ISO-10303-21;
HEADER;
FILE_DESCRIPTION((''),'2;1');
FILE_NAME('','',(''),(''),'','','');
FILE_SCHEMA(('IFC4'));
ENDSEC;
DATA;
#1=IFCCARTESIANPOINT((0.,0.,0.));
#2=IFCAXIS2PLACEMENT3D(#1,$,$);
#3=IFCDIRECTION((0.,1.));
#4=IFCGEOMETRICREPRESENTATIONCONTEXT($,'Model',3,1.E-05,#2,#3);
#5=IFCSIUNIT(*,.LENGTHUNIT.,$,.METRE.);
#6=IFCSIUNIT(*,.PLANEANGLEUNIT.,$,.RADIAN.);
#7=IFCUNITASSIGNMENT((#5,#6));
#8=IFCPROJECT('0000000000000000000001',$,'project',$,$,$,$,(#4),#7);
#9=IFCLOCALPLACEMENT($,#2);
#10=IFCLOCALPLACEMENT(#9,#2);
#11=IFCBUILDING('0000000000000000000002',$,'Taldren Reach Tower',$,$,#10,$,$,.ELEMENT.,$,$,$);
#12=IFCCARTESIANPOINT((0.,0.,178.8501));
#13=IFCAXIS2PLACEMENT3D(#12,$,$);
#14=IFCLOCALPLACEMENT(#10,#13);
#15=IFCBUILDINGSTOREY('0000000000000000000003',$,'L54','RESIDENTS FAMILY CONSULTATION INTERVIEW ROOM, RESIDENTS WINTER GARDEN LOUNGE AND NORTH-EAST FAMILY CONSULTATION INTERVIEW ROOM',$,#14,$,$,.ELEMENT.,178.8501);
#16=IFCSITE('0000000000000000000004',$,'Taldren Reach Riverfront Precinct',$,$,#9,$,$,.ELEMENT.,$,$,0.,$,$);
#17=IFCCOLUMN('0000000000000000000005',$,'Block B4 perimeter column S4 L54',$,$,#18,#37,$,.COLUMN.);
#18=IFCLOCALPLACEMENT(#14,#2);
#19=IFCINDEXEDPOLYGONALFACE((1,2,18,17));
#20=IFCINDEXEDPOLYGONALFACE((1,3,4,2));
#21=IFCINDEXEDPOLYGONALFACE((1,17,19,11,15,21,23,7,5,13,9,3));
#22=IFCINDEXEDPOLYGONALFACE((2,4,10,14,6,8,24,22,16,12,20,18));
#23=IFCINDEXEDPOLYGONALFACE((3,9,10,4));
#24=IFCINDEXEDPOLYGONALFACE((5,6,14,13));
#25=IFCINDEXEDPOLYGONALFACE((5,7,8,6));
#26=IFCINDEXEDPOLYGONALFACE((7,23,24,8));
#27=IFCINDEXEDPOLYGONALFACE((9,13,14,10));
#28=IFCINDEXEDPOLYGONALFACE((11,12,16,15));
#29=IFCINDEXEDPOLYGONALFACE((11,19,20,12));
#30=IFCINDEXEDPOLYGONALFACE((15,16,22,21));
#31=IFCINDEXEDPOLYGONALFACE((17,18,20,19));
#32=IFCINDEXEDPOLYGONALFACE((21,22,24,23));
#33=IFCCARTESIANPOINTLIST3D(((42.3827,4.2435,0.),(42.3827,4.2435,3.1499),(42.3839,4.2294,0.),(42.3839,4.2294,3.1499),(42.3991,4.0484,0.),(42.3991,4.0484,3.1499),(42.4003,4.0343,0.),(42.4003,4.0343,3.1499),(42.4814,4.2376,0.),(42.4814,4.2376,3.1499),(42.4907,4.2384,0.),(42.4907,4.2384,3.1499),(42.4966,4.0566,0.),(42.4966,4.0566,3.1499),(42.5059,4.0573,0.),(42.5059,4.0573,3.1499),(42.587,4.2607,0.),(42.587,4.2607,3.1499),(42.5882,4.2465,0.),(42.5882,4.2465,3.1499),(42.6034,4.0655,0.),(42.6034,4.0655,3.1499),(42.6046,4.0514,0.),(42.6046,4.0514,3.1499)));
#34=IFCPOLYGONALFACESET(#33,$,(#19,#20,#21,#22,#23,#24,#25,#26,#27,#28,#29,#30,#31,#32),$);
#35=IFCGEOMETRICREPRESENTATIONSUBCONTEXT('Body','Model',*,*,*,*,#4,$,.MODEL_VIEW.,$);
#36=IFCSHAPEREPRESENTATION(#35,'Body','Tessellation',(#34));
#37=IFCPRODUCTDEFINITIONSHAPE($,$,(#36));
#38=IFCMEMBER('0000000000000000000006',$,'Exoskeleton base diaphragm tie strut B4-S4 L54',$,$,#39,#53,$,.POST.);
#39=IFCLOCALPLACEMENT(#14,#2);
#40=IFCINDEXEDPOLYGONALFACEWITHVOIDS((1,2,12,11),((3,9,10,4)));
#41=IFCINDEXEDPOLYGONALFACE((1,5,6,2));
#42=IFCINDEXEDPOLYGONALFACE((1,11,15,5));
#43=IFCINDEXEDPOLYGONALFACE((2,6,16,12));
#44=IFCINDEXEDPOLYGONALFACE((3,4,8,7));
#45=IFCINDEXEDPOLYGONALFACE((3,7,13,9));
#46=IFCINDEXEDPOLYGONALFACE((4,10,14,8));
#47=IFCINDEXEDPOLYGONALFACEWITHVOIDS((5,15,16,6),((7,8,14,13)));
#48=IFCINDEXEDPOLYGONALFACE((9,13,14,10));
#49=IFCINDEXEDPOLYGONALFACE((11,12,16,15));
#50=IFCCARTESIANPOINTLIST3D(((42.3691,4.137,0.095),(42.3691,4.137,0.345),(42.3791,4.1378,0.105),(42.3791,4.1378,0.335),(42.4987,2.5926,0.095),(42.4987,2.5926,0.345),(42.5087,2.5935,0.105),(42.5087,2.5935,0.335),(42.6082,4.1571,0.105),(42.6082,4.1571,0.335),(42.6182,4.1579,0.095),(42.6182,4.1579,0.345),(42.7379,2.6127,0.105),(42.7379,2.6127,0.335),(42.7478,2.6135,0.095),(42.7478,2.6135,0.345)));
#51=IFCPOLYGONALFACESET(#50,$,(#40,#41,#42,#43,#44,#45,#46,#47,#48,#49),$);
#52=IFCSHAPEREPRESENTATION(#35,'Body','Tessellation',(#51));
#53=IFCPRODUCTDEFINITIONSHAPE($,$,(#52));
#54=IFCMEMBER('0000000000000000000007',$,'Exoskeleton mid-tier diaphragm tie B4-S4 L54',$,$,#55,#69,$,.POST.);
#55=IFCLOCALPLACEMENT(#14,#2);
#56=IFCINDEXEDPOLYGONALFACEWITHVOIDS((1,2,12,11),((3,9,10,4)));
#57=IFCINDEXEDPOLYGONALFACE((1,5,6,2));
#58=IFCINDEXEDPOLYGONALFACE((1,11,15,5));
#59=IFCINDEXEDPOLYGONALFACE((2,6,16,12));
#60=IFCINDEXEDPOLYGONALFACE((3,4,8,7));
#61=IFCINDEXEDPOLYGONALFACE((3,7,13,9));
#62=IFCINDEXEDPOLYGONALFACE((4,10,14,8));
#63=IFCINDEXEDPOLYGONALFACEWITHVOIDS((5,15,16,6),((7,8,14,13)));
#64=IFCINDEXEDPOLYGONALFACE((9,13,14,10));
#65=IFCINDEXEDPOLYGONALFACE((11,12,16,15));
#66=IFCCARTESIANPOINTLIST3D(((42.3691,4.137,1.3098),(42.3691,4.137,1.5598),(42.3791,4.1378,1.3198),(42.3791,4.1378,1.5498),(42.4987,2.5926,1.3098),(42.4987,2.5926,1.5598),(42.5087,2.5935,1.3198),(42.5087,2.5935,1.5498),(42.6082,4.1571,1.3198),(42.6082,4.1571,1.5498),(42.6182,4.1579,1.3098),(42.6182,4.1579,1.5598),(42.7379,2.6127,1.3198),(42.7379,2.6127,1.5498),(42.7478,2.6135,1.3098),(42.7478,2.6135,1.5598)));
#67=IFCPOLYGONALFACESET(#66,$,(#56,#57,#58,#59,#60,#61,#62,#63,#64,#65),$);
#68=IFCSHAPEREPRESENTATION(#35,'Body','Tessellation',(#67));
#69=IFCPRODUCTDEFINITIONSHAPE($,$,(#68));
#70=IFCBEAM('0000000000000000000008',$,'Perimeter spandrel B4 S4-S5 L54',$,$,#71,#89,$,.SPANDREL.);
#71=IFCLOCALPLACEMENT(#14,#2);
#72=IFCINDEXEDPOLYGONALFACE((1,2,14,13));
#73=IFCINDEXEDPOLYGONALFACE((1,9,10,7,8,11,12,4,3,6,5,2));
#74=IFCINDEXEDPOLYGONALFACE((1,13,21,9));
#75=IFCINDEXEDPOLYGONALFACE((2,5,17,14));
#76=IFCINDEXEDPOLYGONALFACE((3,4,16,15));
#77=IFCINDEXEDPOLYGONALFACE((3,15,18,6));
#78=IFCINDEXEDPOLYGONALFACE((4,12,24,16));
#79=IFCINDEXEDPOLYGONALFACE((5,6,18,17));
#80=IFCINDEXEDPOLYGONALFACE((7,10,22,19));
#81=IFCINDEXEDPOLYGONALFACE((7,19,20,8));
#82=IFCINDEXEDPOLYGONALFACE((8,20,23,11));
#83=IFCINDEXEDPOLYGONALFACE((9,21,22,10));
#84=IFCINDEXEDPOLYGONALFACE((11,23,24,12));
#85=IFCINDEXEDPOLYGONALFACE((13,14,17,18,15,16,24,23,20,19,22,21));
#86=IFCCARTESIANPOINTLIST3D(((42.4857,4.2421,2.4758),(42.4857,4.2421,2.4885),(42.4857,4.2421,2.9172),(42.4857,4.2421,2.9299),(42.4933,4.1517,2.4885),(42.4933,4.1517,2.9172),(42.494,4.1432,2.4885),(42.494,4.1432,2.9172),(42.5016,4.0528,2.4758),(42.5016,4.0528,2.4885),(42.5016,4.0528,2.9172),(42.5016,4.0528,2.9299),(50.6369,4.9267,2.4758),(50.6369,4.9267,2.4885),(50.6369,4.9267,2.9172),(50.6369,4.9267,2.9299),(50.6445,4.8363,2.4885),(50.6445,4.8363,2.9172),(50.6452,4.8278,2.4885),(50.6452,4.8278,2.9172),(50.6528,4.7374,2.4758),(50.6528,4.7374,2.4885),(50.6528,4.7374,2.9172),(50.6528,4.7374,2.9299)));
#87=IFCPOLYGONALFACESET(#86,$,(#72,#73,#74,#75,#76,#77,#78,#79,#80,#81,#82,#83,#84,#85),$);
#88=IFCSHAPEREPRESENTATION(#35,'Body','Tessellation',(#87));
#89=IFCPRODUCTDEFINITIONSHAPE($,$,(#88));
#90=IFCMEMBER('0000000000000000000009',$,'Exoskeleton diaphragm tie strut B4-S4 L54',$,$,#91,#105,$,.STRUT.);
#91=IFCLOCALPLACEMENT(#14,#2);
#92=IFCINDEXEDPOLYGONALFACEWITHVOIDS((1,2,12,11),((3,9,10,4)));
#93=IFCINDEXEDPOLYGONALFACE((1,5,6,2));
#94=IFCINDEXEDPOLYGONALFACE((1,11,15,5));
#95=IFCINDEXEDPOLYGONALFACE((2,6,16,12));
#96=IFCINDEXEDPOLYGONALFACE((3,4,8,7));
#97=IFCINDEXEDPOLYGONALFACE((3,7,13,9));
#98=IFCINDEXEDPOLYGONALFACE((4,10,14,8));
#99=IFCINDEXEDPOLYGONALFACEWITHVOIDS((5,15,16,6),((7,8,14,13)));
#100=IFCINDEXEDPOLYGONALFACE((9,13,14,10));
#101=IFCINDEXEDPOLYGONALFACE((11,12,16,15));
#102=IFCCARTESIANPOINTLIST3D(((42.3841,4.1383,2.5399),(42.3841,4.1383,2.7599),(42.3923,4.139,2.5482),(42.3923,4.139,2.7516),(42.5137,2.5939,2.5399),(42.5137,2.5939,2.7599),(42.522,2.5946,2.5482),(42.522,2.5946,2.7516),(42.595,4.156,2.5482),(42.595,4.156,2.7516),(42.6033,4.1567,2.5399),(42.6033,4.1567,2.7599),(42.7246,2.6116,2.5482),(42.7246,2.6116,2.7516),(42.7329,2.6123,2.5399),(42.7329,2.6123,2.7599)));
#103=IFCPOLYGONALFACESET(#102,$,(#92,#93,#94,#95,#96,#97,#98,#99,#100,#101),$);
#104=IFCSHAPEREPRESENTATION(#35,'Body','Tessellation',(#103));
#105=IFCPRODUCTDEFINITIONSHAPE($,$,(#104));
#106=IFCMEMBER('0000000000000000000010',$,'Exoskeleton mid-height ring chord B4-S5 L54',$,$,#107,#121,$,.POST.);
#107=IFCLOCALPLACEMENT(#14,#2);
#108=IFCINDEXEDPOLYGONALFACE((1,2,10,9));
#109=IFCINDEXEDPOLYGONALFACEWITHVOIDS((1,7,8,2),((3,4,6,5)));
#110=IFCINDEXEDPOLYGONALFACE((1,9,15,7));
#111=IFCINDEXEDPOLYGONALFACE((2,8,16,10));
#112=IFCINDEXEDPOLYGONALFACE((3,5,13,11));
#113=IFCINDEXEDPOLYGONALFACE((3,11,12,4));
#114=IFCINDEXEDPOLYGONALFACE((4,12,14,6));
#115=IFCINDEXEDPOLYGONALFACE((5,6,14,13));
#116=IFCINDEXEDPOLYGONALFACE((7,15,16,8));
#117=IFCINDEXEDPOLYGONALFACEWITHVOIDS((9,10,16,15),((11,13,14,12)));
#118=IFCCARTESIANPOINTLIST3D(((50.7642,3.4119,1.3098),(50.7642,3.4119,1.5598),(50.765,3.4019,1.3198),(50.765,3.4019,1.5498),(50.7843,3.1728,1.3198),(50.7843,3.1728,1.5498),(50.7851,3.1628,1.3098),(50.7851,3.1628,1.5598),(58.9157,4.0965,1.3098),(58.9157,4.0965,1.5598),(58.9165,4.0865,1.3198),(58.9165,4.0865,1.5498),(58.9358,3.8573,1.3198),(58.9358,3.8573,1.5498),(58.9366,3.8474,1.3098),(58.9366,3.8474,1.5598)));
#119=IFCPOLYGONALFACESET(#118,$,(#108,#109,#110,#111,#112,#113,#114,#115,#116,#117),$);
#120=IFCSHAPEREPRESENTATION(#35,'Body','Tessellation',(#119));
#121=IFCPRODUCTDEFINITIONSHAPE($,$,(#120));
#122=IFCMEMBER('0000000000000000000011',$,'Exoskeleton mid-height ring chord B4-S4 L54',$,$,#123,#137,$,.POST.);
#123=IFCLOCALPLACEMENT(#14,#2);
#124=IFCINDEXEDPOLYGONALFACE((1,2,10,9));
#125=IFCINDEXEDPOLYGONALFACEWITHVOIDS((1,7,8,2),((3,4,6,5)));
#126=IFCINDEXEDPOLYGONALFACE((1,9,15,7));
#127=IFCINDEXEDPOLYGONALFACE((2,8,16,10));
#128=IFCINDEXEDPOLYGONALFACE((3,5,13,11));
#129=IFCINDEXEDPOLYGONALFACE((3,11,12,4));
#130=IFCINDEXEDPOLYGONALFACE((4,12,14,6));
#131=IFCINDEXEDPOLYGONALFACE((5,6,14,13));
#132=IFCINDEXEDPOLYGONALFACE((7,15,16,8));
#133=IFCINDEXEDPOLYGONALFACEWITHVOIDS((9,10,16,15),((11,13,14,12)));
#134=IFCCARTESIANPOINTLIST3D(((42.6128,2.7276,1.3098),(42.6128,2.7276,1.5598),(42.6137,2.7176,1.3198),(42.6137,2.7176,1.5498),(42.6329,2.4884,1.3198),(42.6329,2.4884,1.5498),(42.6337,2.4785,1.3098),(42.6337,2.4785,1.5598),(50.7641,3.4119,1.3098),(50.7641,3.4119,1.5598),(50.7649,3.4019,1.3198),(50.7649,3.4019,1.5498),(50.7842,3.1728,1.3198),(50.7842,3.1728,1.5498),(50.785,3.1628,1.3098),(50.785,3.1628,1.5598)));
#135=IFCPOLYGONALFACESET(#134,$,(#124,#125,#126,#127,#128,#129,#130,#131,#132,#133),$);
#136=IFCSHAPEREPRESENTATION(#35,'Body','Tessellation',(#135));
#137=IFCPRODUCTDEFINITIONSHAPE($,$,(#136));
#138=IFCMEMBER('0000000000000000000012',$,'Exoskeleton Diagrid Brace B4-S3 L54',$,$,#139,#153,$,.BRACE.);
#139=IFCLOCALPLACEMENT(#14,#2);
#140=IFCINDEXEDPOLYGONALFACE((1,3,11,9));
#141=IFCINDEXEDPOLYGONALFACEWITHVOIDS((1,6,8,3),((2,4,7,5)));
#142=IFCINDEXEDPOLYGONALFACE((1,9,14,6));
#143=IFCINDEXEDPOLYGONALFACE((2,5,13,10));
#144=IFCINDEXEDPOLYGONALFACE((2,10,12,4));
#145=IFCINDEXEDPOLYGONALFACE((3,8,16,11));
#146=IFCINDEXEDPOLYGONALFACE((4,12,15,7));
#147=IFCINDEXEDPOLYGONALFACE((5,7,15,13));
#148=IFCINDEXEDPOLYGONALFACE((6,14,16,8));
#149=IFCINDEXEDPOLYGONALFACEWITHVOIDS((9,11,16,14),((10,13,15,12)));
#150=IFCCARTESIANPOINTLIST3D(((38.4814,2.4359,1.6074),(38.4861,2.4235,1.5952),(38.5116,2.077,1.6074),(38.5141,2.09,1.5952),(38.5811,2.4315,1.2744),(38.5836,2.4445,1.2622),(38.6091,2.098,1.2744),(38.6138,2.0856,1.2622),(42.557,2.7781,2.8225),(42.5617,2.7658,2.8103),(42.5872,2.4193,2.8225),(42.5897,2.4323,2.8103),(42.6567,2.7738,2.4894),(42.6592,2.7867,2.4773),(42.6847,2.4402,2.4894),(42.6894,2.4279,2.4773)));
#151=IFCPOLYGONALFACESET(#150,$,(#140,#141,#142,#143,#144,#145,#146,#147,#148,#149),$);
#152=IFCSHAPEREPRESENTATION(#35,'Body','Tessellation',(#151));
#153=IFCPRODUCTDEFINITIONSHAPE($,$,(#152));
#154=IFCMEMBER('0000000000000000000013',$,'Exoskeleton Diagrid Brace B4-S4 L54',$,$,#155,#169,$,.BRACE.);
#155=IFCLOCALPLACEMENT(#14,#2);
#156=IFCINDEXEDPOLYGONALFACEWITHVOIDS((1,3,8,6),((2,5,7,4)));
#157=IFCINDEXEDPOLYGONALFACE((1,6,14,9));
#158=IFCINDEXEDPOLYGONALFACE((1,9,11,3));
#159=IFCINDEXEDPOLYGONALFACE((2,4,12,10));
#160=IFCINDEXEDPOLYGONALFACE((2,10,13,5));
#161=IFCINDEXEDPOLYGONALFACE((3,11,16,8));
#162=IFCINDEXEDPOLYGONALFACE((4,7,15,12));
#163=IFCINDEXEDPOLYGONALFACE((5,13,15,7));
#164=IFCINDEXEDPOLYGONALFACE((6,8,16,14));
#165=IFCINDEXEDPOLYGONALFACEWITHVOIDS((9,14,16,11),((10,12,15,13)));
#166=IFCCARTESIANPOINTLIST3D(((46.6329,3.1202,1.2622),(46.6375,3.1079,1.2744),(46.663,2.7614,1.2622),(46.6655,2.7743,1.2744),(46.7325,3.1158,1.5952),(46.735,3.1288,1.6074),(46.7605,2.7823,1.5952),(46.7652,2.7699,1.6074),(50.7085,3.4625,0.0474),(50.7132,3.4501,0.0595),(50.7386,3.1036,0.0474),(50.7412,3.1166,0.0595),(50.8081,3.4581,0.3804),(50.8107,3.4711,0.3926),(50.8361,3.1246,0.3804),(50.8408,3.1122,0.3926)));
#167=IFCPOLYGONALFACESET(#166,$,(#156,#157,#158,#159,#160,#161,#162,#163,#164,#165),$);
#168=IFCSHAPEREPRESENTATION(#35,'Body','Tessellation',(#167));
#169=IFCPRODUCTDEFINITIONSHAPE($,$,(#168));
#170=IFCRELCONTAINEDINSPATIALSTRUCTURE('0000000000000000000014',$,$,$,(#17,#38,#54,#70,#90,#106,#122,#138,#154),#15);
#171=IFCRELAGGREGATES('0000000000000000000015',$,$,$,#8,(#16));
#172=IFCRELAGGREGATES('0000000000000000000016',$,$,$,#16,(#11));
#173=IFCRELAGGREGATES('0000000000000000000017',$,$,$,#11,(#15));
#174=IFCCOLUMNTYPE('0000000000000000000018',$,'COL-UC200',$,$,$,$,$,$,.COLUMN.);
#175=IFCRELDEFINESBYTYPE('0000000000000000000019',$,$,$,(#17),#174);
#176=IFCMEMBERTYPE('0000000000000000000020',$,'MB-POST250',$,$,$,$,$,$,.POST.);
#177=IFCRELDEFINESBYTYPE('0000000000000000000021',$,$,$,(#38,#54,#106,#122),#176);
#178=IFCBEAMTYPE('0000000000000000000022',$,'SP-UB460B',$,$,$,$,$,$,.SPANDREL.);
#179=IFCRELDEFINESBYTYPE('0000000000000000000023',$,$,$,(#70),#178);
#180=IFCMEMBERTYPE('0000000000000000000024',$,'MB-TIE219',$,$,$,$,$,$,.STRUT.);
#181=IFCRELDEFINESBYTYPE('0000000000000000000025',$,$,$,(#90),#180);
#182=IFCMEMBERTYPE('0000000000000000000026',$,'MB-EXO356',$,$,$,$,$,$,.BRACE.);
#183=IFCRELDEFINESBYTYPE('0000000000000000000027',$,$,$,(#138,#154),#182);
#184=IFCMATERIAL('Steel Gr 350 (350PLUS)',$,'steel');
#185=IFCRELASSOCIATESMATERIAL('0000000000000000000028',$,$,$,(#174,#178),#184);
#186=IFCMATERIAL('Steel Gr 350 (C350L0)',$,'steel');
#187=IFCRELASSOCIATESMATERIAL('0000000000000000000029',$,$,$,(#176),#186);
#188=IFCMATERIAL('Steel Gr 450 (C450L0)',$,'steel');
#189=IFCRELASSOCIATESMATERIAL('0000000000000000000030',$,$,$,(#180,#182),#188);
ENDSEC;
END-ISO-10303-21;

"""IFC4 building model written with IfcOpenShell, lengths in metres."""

from ifc_helpers import new_model, si_unit, direction, frame, origin, origin_2d, place, context, subcontext, project, spatial, hollow_rectangle, i_section, extrude, source, transform, mapped, material, material_profile, profile_set, type_object, element, save


model = new_model("IFC4")

# Units and contexts
model_context = context("Model", 3, precision=1e-05, world=origin(), true_north=direction((0.0, 1.0)))
body_context = subcontext(model_context, "Body", "Model", "MODEL_VIEW")
ifc_project = project(units=[si_unit("LENGTHUNIT", "METRE"), si_unit("PLANEANGLEUNIT", "RADIAN")], contexts=[model_context])

# Site, building, storey
site_placement = place(None, origin())
site = spatial("IfcSite", under=ifc_project, at=site_placement, Name="Taldren Reach Riverfront Precinct", CompositionType="ELEMENT", RefElevation=0.0)
building_placement = place(site_placement, origin())
building = spatial("IfcBuilding", under=site, at=building_placement, Name="Taldren Reach Tower", CompositionType="ELEMENT")
storey_placement = place(building_placement, frame((0.0, 0.0, 178.8501)))
storey = spatial("IfcBuildingStorey", under=building, at=storey_placement, Name="L54", Description="RESIDENTS FAMILY CONSULTATION INTERVIEW ROOM, RESIDENTS WINTER GARDEN LOUNGE AND NORTH-EAST FAMILY CONSULTATION INTERVIEW ROOM", CompositionType="ELEMENT", Elevation=178.8501)

# Column
ifc_material_1 = material(Name="Steel Gr 350 (350PLUS)", Category="steel")
ifc_material_profile_1 = material_profile(ifc_material_1, i_section(OverallWidth=0.2051, OverallDepth=0.21, WebThickness=0.0093, FlangeThickness=0.0142, at=origin_2d()), Name="200UC59.5")
ifc_profile_set_1 = profile_set([ifc_material_profile_1], Name="Steel Gr 350 (350PLUS)")
column_type = type_object("IfcColumnType", Name="COL-UC200", PredefinedType="COLUMN", material=ifc_profile_set_1)
shared_shape_1 = source(origin(), body_context, "Body", "SweptSolid", [
    extrude(i_section(OverallWidth=0.2051, OverallDepth=0.21, WebThickness=0.0093, FlangeThickness=0.0142, at=origin_2d()), origin(), (0.0, 0.0, 1.0), 3.1499),
])
column_placement = place(storey_placement, frame((42.4937, 4.1475, 0.0), z_axis=(0.0, 0.0, 1.0), x_axis=(0.996493, 0.083678, 0.0)))
element("IfcColumn", 1, at=column_placement, inside=storey, type_object=column_type, Name="Block B4 perimeter column S4 L54", PredefinedType="COLUMN", context=body_context, shape_type="MappedRepresentation", body=[
    mapped(shared_shape_1, transform((0.0, 0.0, 0.0), scale=1.0)),
])

# Members
ifc_material_2 = material(Name="Steel Gr 350 (C350L0)", Category="steel")
ifc_material_profile_2 = material_profile(ifc_material_2, hollow_rectangle(XDim=0.25, YDim=0.25, WallThickness=0.01, at=origin_2d()), Name="250x250x10.0SHS")
ifc_profile_set_2 = profile_set([ifc_material_profile_2], Name="Steel Gr 350 (C350L0)")
member_type_1 = type_object("IfcMemberType", Name="MB-POST250", PredefinedType="POST", material=ifc_profile_set_2)
shared_shape_2 = source(origin(), body_context, "Body", "SweptSolid", [
    extrude(hollow_rectangle(XDim=0.25, YDim=0.25, WallThickness=0.01, at=origin_2d()), origin(), (0.0, 0.0, 1.0), 1.5498),
])
for number, where, z_axis, x_axis, name in (
    (2, (42.4937, 4.1475, 0.22), (0.083645, -0.996496, 0.0), (0.996496, 0.083645, 0.0), "Exoskeleton base diaphragm tie strut B4-S4 L54"),
    (3, (42.4937, 4.1475, 1.4348), (0.083645, -0.996496, 0.0), (0.996496, 0.083645, 0.0), "Exoskeleton mid-tier diaphragm tie B4-S4 L54"),
):
    element("IfcMember", number, at=place(storey_placement, frame(where, z_axis=z_axis, x_axis=x_axis)), inside=storey, type_object=member_type_1, Name=name, PredefinedType="POST", context=body_context, shape_type="MappedRepresentation", body=[
        mapped(shared_shape_2, transform((0.0, 0.0, 0.0), scale=1.0)),
    ])

# Beam
ifc_material_profile_3 = material_profile(ifc_material_1, i_section(OverallWidth=0.1899, OverallDepth=0.4541, WebThickness=0.0085, FlangeThickness=0.0127, at=origin_2d()), Name="460UB67.1")
ifc_profile_set_3 = profile_set([ifc_material_profile_3], Name="Steel Gr 350 (350PLUS)")
beam_type = type_object("IfcBeamType", Name="SP-UB460B", PredefinedType="SPANDREL", material=ifc_profile_set_3)
shared_shape_3 = source(origin(), body_context, "Body", "SweptSolid", [
    extrude(i_section(OverallWidth=0.1899, OverallDepth=0.4541, WebThickness=0.0085, FlangeThickness=0.0127, at=origin_2d()), origin(), (0.0, 0.0, 1.0), 8.1799),
])
beam_placement = place(storey_placement, frame((42.4937, 4.1475, 2.7029), z_axis=(0.996492, 0.08369, 0.0), x_axis=(-0.08369, 0.996492, 0.0)))
element("IfcBeam", 4, at=beam_placement, inside=storey, type_object=beam_type, Name="Perimeter spandrel B4 S4-S5 L54", PredefinedType="SPANDREL", context=body_context, shape_type="MappedRepresentation", body=[
    mapped(shared_shape_3, transform((0.0, 0.0, 0.0), scale=1.0)),
])

# Members
ifc_material_3 = material(Name="Steel Gr 450 (C450L0)", Category="steel")
ifc_material_profile_4 = material_profile(ifc_material_3, hollow_rectangle(XDim=0.22, YDim=0.22, WallThickness=0.0083, at=origin_2d()), Name="220x220x8.2SHS")
ifc_profile_set_4 = profile_set([ifc_material_profile_4], Name="Steel Gr 450 (C450L0)")
member_type_2 = type_object("IfcMemberType", Name="MB-TIE219", PredefinedType="STRUT", material=ifc_profile_set_4)
shared_shape_4 = source(origin(), body_context, "Body", "SweptSolid", [
    extrude(hollow_rectangle(XDim=0.22, YDim=0.22, WallThickness=0.0083, at=origin_2d()), origin(), (0.0, 0.0, 1.0), 1.5498),
])
member_1_placement = place(storey_placement, frame((42.4937, 4.1475, 2.6499), z_axis=(0.083645, -0.996496, 0.0), x_axis=(0.996496, 0.083645, 0.0)))
element("IfcMember", 5, at=member_1_placement, inside=storey, type_object=member_type_2, Name="Exoskeleton diaphragm tie strut B4-S4 L54", PredefinedType="STRUT", context=body_context, shape_type="MappedRepresentation", body=[
    mapped(shared_shape_4, transform((0.0, 0.0, 0.0), scale=1.0)),
])
shared_shape_5 = source(origin(), body_context, "Body", "SweptSolid", [
    extrude(hollow_rectangle(XDim=0.25, YDim=0.25, WallThickness=0.01, at=origin_2d()), origin(), (0.0, 0.0, 1.0), 8.1802),
])
member_2_placement = place(storey_placement, frame((50.7747, 3.2874, 1.4348), z_axis=(0.996492, 0.083688, 0.0), x_axis=(-0.083688, 0.996492, 0.0)))
element("IfcMember", 6, at=member_2_placement, inside=storey, type_object=member_type_1, Name="Exoskeleton mid-height ring chord B4-S5 L54", PredefinedType="POST", context=body_context, shape_type="MappedRepresentation", body=[
    mapped(shared_shape_5, transform((0.0, 0.0, 0.0), scale=1.0)),
])
shared_shape_6 = source(origin(), body_context, "Body", "SweptSolid", [
    extrude(hollow_rectangle(XDim=0.25, YDim=0.25, WallThickness=0.01, at=origin_2d()), origin(), (0.0, 0.0, 1.0), 8.1799),
])
member_3_placement = place(storey_placement, frame((42.6233, 2.603, 1.4348), z_axis=(0.996495, 0.083658, 0.0), x_axis=(-0.083658, 0.996495, 0.0)))
element("IfcMember", 7, at=member_3_placement, inside=storey, type_object=member_type_1, Name="Exoskeleton mid-height ring chord B4-S4 L54", PredefinedType="POST", context=body_context, shape_type="MappedRepresentation", body=[
    mapped(shared_shape_6, transform((0.0, 0.0, 0.0), scale=1.0)),
])
ifc_material_profile_5 = material_profile(ifc_material_3, hollow_rectangle(XDim=0.3601, YDim=0.3601, WallThickness=0.0127, at=origin_2d()), Name="360x360x12.7SHS")
ifc_profile_set_5 = profile_set([ifc_material_profile_5], Name="Steel Gr 450 (C450L0)")
member_type_3 = type_object("IfcMemberType", Name="MB-EXO356", PredefinedType="BRACE", material=ifc_profile_set_5)
shared_shape_7 = source(origin(), body_context, "Body", "SweptSolid", [
    extrude(hollow_rectangle(XDim=0.3601, YDim=0.3601, WallThickness=0.0127, at=origin_2d()), origin(), (0.0, 0.0, 1.0), 4.2666),
])
for number, where, z_axis, x_axis, name in (
    (8, (38.5476, 2.2607, 1.4348), (0.955229, 0.080222, 0.284783), (-0.083688, 0.996492, 0.0), "Exoskeleton Diagrid Brace B4-S3 L54"),
    (9, (50.7747, 3.2874, 0.22), (-0.955245, -0.080224, 0.284731), (0.083688, -0.996492, 0.0), "Exoskeleton Diagrid Brace B4-S4 L54"),
):
    element("IfcMember", number, at=place(storey_placement, frame(where, z_axis=z_axis, x_axis=x_axis)), inside=storey, type_object=member_type_3, Name=name, PredefinedType="BRACE", context=body_context, shape_type="MappedRepresentation", body=[
        mapped(shared_shape_7, transform((0.0, 0.0, 0.0), scale=1.0)),
    ])

save(model, "model.ifc")
